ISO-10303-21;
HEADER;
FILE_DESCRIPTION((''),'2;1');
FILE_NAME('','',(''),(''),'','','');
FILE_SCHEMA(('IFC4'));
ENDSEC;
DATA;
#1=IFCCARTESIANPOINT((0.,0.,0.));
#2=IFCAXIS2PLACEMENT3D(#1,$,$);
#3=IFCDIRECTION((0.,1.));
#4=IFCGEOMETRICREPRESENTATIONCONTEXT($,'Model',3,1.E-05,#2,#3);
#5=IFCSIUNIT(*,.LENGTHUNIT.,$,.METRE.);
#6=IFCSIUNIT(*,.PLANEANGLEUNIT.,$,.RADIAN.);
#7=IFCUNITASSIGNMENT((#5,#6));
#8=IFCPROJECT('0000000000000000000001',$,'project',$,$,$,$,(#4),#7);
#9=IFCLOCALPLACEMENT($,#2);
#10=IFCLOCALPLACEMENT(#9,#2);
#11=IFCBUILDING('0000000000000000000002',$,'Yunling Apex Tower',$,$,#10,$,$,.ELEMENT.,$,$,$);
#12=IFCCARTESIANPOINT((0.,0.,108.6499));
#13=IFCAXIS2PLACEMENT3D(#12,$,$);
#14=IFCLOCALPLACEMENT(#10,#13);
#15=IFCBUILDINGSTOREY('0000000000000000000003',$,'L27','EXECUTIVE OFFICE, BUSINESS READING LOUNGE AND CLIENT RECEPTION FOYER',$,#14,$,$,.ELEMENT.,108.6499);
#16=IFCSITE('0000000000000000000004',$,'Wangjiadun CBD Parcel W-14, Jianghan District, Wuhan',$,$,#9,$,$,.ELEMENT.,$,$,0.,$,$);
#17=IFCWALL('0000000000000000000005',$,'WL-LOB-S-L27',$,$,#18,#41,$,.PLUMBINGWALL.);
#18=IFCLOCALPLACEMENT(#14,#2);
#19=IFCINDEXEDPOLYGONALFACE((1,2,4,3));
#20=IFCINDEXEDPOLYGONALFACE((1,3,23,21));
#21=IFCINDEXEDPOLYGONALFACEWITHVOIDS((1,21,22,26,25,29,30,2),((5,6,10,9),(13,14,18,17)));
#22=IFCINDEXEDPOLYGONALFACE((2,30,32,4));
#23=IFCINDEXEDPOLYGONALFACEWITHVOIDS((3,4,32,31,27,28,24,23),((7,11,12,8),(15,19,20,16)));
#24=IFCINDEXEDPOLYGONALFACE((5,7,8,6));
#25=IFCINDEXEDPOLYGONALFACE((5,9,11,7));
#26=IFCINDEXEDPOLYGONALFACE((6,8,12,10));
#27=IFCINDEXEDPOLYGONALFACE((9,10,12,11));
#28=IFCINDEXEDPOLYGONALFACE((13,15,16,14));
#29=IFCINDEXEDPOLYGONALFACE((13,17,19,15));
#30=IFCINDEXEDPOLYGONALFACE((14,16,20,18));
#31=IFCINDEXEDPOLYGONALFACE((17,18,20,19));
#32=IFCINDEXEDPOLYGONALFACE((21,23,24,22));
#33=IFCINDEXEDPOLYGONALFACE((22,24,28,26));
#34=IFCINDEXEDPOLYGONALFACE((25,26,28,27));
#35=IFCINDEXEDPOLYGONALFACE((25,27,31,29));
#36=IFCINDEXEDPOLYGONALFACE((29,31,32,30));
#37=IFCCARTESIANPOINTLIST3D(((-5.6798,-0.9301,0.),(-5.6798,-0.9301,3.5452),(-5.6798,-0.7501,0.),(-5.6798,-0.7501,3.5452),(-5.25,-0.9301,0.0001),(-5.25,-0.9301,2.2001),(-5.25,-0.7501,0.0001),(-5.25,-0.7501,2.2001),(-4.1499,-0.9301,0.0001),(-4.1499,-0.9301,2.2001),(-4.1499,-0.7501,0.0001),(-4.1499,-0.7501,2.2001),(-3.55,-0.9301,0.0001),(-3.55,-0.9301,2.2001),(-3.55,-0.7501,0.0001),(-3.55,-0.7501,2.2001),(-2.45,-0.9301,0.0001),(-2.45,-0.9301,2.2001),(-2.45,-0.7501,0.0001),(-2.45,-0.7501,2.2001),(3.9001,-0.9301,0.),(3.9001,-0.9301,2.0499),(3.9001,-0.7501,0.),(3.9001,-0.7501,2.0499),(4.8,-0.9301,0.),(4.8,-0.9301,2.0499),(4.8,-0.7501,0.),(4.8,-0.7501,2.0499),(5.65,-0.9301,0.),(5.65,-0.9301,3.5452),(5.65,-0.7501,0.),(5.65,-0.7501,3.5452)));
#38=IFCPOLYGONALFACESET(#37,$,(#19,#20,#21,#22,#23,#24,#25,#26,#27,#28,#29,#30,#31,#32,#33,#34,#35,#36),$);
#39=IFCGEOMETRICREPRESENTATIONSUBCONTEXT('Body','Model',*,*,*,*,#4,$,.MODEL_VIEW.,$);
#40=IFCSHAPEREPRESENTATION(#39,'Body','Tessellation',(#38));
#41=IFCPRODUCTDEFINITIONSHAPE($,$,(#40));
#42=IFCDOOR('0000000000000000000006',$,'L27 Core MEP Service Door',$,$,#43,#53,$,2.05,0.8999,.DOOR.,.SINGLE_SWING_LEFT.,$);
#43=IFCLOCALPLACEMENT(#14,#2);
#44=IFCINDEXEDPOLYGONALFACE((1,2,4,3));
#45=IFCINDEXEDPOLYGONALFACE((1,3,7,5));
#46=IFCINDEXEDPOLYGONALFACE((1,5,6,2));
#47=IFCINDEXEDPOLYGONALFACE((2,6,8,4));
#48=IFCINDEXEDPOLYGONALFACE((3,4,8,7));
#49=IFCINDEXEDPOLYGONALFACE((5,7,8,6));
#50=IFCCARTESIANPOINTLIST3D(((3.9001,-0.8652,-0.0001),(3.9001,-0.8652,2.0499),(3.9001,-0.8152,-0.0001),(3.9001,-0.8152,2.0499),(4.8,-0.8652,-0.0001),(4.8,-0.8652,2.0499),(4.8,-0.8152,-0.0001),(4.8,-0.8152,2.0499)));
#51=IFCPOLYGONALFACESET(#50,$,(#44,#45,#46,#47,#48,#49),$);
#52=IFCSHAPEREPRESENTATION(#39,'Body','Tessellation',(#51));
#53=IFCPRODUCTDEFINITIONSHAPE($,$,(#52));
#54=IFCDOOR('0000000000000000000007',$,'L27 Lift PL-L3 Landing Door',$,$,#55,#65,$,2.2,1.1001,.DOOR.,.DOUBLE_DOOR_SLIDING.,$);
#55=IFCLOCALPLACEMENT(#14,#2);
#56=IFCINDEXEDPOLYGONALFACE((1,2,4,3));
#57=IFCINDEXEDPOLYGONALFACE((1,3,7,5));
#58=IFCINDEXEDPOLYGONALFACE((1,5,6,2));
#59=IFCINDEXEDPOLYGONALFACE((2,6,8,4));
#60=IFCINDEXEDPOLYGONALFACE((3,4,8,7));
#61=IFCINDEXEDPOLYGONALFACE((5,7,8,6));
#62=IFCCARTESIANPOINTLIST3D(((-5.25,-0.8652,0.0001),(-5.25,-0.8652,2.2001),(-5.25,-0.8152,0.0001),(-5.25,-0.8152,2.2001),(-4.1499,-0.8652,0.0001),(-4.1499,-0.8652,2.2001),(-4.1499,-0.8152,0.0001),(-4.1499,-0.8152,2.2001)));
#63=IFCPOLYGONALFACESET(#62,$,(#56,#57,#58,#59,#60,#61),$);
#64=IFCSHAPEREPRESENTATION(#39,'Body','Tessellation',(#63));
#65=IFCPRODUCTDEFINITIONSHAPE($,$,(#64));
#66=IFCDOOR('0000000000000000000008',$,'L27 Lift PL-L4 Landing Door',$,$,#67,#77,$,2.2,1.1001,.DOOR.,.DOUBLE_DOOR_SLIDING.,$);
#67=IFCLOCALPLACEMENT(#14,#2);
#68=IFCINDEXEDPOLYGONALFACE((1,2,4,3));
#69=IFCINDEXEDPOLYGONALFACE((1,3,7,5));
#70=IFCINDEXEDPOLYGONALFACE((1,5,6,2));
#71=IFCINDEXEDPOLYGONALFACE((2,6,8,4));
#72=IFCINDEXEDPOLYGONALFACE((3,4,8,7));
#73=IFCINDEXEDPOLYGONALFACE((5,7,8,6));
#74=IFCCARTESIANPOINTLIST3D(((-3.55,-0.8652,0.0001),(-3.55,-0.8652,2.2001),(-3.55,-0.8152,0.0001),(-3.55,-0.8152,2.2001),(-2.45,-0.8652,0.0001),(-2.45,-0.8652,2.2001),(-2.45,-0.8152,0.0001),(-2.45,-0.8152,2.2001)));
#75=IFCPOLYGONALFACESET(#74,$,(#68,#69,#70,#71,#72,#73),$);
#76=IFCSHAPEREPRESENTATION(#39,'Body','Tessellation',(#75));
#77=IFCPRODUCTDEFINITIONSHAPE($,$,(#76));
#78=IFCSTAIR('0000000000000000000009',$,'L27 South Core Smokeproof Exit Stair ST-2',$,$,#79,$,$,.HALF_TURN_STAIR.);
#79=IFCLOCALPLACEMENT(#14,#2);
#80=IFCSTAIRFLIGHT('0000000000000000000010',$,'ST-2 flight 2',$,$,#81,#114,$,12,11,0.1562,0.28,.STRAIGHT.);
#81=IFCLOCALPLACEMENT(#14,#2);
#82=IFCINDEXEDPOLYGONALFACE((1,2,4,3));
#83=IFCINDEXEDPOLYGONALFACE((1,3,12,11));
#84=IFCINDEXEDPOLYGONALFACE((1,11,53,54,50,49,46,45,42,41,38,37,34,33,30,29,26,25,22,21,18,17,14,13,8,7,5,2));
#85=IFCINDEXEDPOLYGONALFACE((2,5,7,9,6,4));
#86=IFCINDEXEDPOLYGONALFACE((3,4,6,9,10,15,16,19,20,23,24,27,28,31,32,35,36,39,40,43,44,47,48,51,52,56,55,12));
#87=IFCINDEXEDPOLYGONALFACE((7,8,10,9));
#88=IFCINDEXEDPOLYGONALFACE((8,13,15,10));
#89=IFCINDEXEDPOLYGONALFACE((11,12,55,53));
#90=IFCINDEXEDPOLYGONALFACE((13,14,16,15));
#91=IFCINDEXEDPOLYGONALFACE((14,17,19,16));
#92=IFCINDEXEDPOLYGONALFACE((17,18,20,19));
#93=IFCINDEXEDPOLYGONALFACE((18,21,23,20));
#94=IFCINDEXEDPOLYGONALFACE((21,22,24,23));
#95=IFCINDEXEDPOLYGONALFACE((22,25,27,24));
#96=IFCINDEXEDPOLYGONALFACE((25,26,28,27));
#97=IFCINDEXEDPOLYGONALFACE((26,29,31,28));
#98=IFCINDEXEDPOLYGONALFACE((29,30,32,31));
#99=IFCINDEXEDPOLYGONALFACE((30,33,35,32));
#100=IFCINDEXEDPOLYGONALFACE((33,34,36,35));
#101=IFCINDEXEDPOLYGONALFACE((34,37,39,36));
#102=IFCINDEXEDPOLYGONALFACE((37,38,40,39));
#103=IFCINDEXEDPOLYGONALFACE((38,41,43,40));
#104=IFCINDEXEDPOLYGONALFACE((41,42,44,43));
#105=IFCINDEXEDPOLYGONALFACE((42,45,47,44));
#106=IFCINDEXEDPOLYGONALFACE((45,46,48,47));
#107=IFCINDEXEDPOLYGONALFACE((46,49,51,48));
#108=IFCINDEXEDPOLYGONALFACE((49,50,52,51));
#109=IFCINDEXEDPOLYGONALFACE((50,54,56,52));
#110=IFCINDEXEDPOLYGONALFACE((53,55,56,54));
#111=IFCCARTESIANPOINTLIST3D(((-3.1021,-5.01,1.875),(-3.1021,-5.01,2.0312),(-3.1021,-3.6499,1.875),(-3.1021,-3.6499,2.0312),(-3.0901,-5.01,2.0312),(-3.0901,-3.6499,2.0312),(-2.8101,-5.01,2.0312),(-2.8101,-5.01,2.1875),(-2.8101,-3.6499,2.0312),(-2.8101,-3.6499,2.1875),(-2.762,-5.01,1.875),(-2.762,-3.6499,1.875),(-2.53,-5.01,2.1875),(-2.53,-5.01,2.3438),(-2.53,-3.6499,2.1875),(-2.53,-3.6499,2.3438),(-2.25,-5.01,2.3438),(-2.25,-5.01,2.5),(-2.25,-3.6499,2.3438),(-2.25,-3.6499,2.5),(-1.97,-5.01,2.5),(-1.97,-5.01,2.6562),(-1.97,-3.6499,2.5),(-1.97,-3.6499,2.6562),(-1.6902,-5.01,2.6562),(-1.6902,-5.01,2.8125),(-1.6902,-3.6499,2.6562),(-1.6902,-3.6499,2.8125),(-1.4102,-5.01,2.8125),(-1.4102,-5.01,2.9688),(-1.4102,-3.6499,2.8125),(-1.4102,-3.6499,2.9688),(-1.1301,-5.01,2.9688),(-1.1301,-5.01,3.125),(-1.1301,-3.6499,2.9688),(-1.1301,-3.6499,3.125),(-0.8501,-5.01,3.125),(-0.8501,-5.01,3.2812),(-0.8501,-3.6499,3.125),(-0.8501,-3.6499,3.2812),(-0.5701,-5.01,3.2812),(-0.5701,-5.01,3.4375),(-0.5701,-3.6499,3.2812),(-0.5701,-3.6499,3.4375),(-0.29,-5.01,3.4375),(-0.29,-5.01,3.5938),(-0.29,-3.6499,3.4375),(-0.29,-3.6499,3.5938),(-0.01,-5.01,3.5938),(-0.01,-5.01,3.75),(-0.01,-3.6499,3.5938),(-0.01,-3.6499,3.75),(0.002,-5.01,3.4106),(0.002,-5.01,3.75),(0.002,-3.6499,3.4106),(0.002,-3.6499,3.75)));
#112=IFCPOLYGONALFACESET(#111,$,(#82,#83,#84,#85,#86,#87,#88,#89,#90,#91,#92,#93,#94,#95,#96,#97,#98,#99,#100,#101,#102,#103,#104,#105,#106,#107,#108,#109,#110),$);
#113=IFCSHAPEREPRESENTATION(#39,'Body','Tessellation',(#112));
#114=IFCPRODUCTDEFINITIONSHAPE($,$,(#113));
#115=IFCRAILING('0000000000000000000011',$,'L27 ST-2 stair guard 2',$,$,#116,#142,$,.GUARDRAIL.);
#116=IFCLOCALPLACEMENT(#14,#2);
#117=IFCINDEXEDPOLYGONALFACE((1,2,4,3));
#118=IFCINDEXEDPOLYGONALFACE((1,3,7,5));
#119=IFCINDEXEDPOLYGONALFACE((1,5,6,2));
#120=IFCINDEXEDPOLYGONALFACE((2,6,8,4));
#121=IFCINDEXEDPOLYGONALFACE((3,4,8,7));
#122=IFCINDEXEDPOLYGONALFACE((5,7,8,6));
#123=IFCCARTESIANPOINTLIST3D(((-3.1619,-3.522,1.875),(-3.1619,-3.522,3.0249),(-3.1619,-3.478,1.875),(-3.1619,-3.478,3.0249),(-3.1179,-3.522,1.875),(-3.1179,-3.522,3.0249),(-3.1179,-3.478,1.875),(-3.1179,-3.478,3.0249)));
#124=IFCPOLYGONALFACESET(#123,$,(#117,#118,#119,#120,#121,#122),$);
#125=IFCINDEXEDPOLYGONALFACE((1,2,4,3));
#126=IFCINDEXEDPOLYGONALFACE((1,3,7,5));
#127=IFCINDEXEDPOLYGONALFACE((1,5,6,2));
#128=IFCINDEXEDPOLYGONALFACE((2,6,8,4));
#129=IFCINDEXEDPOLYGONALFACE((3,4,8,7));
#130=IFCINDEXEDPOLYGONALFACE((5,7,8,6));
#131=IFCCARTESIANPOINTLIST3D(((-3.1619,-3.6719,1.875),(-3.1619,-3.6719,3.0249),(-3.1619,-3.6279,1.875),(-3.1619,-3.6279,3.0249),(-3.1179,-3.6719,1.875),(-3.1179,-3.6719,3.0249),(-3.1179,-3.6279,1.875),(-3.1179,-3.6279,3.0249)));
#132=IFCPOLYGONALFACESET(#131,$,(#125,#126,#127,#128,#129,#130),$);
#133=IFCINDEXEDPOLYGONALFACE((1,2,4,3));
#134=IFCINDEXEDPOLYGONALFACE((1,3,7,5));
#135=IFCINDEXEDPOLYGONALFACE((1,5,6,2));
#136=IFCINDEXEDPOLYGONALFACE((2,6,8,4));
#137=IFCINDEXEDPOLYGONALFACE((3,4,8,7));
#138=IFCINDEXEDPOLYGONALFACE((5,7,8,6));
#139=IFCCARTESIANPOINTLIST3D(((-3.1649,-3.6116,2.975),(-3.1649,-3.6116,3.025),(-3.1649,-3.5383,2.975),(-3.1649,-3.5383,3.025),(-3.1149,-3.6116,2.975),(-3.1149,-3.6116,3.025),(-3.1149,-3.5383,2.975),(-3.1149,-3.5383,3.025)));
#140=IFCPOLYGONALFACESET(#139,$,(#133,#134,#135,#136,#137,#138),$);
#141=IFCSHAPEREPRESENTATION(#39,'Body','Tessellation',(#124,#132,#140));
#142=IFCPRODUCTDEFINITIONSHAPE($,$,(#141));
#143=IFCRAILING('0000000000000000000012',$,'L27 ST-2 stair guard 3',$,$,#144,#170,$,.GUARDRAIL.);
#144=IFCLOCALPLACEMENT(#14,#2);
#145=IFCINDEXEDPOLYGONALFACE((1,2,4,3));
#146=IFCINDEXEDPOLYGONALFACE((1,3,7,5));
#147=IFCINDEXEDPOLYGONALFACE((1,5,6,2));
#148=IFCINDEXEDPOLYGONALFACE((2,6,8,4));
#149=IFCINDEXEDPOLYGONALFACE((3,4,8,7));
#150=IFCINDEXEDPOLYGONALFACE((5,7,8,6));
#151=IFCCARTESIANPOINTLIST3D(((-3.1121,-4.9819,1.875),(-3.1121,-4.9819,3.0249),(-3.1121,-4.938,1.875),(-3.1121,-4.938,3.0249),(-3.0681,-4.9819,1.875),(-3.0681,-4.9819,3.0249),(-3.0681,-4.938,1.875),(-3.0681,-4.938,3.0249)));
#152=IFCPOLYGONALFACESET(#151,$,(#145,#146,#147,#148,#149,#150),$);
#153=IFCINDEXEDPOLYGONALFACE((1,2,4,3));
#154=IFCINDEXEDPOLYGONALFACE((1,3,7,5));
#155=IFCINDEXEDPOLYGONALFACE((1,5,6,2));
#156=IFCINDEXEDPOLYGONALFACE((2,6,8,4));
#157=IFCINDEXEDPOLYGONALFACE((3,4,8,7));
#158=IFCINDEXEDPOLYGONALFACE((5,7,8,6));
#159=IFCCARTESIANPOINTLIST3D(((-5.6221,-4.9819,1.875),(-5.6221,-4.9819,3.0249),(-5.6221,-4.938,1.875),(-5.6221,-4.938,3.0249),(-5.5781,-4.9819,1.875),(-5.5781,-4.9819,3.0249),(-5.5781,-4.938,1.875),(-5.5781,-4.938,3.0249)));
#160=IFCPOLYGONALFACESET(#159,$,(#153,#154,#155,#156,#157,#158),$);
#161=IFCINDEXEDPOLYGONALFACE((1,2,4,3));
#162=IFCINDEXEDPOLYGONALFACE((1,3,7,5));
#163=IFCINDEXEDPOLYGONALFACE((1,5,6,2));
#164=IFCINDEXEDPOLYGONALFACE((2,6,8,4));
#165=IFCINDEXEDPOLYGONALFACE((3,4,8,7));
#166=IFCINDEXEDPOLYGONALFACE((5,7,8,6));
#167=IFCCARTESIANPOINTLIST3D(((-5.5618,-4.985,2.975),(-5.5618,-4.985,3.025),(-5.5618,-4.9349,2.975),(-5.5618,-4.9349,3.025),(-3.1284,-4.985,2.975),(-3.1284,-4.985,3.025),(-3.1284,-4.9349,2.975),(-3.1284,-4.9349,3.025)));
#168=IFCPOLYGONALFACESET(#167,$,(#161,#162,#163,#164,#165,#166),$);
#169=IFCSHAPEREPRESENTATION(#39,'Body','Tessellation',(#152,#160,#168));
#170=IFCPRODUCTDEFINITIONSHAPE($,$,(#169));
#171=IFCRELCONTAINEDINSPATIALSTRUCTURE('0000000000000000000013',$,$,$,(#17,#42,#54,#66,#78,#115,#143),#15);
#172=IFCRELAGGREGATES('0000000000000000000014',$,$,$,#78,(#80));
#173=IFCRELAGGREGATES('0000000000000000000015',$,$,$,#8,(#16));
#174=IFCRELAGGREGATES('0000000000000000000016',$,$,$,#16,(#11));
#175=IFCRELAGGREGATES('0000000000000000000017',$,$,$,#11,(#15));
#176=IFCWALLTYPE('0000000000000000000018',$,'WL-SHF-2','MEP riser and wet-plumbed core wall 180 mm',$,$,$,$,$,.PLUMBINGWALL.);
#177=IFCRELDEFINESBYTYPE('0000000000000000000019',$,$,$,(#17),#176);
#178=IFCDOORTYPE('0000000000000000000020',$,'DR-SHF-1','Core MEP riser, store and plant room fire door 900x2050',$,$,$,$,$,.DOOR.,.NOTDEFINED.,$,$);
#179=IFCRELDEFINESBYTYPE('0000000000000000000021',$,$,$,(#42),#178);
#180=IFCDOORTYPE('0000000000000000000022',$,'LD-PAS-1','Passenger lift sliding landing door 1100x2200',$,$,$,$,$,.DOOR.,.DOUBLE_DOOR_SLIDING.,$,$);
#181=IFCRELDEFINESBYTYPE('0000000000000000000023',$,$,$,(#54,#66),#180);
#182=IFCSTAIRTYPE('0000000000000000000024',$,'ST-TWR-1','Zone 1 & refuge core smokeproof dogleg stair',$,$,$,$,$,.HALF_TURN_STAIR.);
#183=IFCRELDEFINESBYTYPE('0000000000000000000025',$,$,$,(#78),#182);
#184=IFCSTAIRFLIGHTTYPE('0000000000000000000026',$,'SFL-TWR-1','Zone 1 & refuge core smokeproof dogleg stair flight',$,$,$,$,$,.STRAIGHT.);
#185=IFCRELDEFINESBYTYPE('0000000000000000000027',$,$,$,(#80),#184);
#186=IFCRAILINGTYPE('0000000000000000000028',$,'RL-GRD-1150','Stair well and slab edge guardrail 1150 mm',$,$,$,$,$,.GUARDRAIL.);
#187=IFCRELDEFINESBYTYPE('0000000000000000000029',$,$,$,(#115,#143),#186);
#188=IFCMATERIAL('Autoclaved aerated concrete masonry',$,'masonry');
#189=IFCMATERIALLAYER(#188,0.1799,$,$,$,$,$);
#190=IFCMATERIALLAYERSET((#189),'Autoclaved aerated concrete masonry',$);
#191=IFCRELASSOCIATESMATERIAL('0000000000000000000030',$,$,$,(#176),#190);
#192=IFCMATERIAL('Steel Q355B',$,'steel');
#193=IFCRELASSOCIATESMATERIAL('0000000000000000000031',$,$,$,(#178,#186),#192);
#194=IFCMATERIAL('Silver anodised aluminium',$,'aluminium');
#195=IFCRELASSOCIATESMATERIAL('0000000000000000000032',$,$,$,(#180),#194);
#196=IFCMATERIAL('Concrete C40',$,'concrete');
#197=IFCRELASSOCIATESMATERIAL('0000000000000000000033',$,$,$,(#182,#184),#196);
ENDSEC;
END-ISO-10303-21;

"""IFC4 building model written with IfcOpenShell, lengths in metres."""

from ifc_helpers import new_model, si_unit, direction, frame, frame_2d, origin, origin_2d, place, context, subcontext, project, spatial, polyline, rectangle, outline, extrude, material, layer, layer_set, type_object, element, fill, aggregate, save


model = new_model("IFC4")

# Units and contexts
model_context = context("Model", 3, precision=1e-05, world=origin(), true_north=direction((0.0, 1.0)))
body_context = subcontext(model_context, "Body", "Model", "MODEL_VIEW")
ifc_project = project(units=[si_unit("LENGTHUNIT", "METRE"), si_unit("PLANEANGLEUNIT", "RADIAN")], contexts=[model_context])

# Site, building, storey
site_placement = place(None, origin())
site = spatial("IfcSite", under=ifc_project, at=site_placement, Name="Wangjiadun CBD Parcel W-14, Jianghan District, Wuhan", CompositionType="ELEMENT", RefElevation=0.0)
building_placement = place(site_placement, origin())
building = spatial("IfcBuilding", under=site, at=building_placement, Name="Yunling Apex Tower", CompositionType="ELEMENT")
storey_placement = place(building_placement, frame((0.0, 0.0, 108.6499)))
storey = spatial("IfcBuildingStorey", under=building, at=storey_placement, Name="L27", Description="EXECUTIVE OFFICE, BUSINESS READING LOUNGE AND CLIENT RECEPTION FOYER", CompositionType="ELEMENT", Elevation=108.6499)

# Shared definitions
ifc_material_1 = material(Name="Steel Q355B", Category="steel")

# Shared definitions
ifc_material_2 = material(Name="Concrete C40", Category="concrete")

# Shared definitions
ifc_material_3 = material(Name="Autoclaved aerated concrete masonry", Category="masonry")

# Shared definitions
ifc_layer_1 = layer(ifc_material_3, 0.1799)
ifc_layer_set_1 = layer_set([ifc_layer_1], Name="Autoclaved aerated concrete masonry")
wall_type_1 = type_object("IfcWallType", Name="WL-SHF-2", Description="MEP riser and wet-plumbed core wall 180 mm", PredefinedType="PLUMBINGWALL", material=ifc_layer_set_1)

# Wall, openings, doors
wall_1_placement = place(storey_placement, frame((-5.6799, -0.8401, 0.0), z_axis=(0.0, 0.0, 1.0), x_axis=(1.0, 0.0, 0.0)))
wall_1 = element("IfcWall", 1, at=wall_1_placement, inside=storey, type_object=wall_type_1, Name="WL-LOB-S-L27", PredefinedType="PLUMBINGWALL", context=body_context, shape_type="SweptSolid", body=[
    extrude(rectangle(XDim=11.3298, YDim=0.1799, at=frame_2d((5.665, 0.0))), origin(), (0.0, 0.0, 1.0), 3.5452),
])
opening_1_placement = place(wall_1_placement, frame((0.4299, 0.0, 0.0)))
opening_1 = element("IfcOpeningElement", 2, at=opening_1_placement, cuts=wall_1, PredefinedType="OPENING", context=body_context, shape_type="SweptSolid", body=[
    extrude(rectangle(XDim=1.1001, YDim=2.2, at=frame_2d((0.55, 1.1001))), frame((0.0, 0.1001, 0.0), z_axis=(0.0, -1.0, 0.0), x_axis=(1.0, 0.0, 0.0)), (0.0, 0.0, 1.0), 0.2),
])
opening_2_placement = place(wall_1_placement, frame((2.1299, 0.0, 0.0)))
opening_2 = element("IfcOpeningElement", 3, at=opening_2_placement, cuts=wall_1, PredefinedType="OPENING", context=body_context, shape_type="SweptSolid", body=[
    extrude(rectangle(XDim=1.1001, YDim=2.2, at=frame_2d((0.55, 1.1001))), frame((0.0, 0.1001, 0.0), z_axis=(0.0, -1.0, 0.0), x_axis=(1.0, 0.0, 0.0)), (0.0, 0.0, 1.0), 0.2),
])
opening_3_placement = place(wall_1_placement, frame((9.5801, 0.0, 0.0)))
opening_3 = element("IfcOpeningElement", 4, at=opening_3_placement, cuts=wall_1, PredefinedType="OPENING", context=body_context, shape_type="SweptSolid", body=[
    extrude(rectangle(XDim=0.8999, YDim=2.05, at=frame_2d((0.45, 1.0249))), frame((0.0, 0.1001, 0.0), z_axis=(0.0, -1.0, 0.0), x_axis=(1.0, 0.0, 0.0)), (0.0, 0.0, 1.0), 0.2),
])
door_type_1 = type_object("IfcDoorType", Name="DR-SHF-1", Description="Core MEP riser, store and plant room fire door 900x2050", OperationType="NOTDEFINED", PredefinedType="DOOR", material=ifc_material_1)
door_1_placement = place(opening_3_placement, origin())
door_1 = element("IfcDoor", 5, at=door_1_placement, inside=storey, type_object=door_type_1, Name="L27 Core MEP Service Door", OperationType="SINGLE_SWING_LEFT", OverallHeight=2.05, OverallWidth=0.8999, PredefinedType="DOOR", context=body_context, shape_type="SweptSolid", body=[
    extrude(rectangle(XDim=0.8999, YDim=2.05, at=frame_2d((0.45, 1.0249))), frame((0.0, 0.0249, 0.0), z_axis=(0.0, -1.0, 0.0), x_axis=(1.0, 0.0, 0.0)), (0.0, 0.0, 1.0), 0.05),
])
fill(opening_3, door_1)
ifc_material_4 = material(Name="Silver anodised aluminium", Category="aluminium")
door_type_2 = type_object("IfcDoorType", Name="LD-PAS-1", Description="Passenger lift sliding landing door 1100x2200", OperationType="DOUBLE_DOOR_SLIDING", PredefinedType="DOOR", material=ifc_material_4)
door_2_placement = place(opening_1_placement, origin())
door_2 = element("IfcDoor", 6, at=door_2_placement, inside=storey, type_object=door_type_2, Name="L27 Lift PL-L3 Landing Door", OperationType="DOUBLE_DOOR_SLIDING", OverallHeight=2.2, OverallWidth=1.1001, PredefinedType="DOOR", context=body_context, shape_type="SweptSolid", body=[
    extrude(rectangle(XDim=1.1001, YDim=2.2, at=frame_2d((0.55, 1.1001))), frame((0.0, 0.0249, 0.0), z_axis=(0.0, -1.0, 0.0), x_axis=(1.0, 0.0, 0.0)), (0.0, 0.0, 1.0), 0.05),
])
fill(opening_1, door_2)
door_3_placement = place(opening_2_placement, origin())
door_3 = element("IfcDoor", 7, at=door_3_placement, inside=storey, type_object=door_type_2, Name="L27 Lift PL-L4 Landing Door", OperationType="DOUBLE_DOOR_SLIDING", OverallHeight=2.2, OverallWidth=1.1001, PredefinedType="DOOR", context=body_context, shape_type="SweptSolid", body=[
    extrude(rectangle(XDim=1.1001, YDim=2.2, at=frame_2d((0.55, 1.1001))), frame((0.0, 0.0249, 0.0), z_axis=(0.0, -1.0, 0.0), x_axis=(1.0, 0.0, 0.0)), (0.0, 0.0, 1.0), 0.05),
])
fill(opening_2, door_3)

# Stair, stair flight
stair_type = type_object("IfcStairType", Name="ST-TWR-1", Description="Zone 1 & refuge core smokeproof dogleg stair", PredefinedType="HALF_TURN_STAIR", material=ifc_material_2)
stair_placement = place(storey_placement, origin())
stair = element("IfcStair", 8, at=stair_placement, inside=storey, type_object=stair_type, Name="L27 South Core Smokeproof Exit Stair ST-2", PredefinedType="HALF_TURN_STAIR")
stair_flight_type = type_object("IfcStairFlightType", Name="SFL-TWR-1", Description="Zone 1 & refuge core smokeproof dogleg stair flight", PredefinedType="STRAIGHT", material=ifc_material_2)
stair_flight_placement = place(storey_placement, frame((-3.0901, -4.3301, 1.875), z_axis=(0.0, 0.0, 1.0), x_axis=(1.0, 0.0, 0.0)))
stair_flight = element("IfcStairFlight", 9, at=stair_flight_placement, type_object=stair_flight_type, Name="ST-2 flight 2", NumberOfRisers=12, NumberOfTreads=11, PredefinedType="STRAIGHT", RiserHeight=0.1562, TreadLength=0.28, context=body_context, shape_type="SweptSolid", body=[
    extrude(outline(polyline([(-0.012, 0.0), (-0.012, 0.1562), (0.0, 0.1562), (0.28, 0.1562), (0.28, 0.3125), (0.5601, 0.3125), (0.5601, 0.4688), (0.8401, 0.4688), (0.8401, 0.625), (1.1201, 0.625), (1.1201, 0.7812), (1.3999, 0.7812), (1.3999, 0.9375), (1.6799, 0.9375), (1.6799, 1.0938), (1.96, 1.0938), (1.96, 1.25), (2.24, 1.25), (2.24, 1.4062), (2.52, 1.4062), (2.52, 1.5625), (2.8, 1.5625), (2.8, 1.7188), (3.0801, 1.7188), (3.0801, 1.875), (3.092, 1.875), (3.092, 1.5356), (0.3281, 0.0), (-0.012, 0.0)])), frame((0.0, 0.6802, 0.0), z_axis=(0.0, -1.0, 0.0), x_axis=(1.0, 0.0, 0.0)), (0.0, 0.0, 1.0), 1.3601),
])
aggregate(stair, [stair_flight])

# Railings
railing_type = type_object("IfcRailingType", Name="RL-GRD-1150", Description="Stair well and slab edge guardrail 1150 mm", PredefinedType="GUARDRAIL", material=ifc_material_1)
railing_1_placement = place(storey_placement, frame((-3.1399, -3.5, 1.875)))
element("IfcRailing", 10, at=railing_1_placement, inside=storey, type_object=railing_type, Name="L27 ST-2 stair guard 2", PredefinedType="GUARDRAIL", context=body_context, shape_type="SweptSolid", body=[
    extrude(rectangle(XDim=0.0439, YDim=0.0439, at=origin_2d()), origin(), (0.0, 0.0, 1.0), 1.1499),
    extrude(rectangle(XDim=0.0439, YDim=0.0439, at=origin_2d()), frame((0.0, -0.1499, 0.0)), (0.0, 0.0, 1.0), 1.1499),
    extrude(rectangle(XDim=0.05, YDim=0.05, at=origin_2d()), frame((0.0, -0.0383, 1.125), z_axis=(0.0, -1.0, 0.0), x_axis=(1.0, 0.0, 0.0)), (0.0, 0.0, 1.0), 0.0732),
])
railing_2_placement = place(storey_placement, frame((-3.0901, -4.96, 1.875)))
element("IfcRailing", 11, at=railing_2_placement, inside=storey, type_object=railing_type, Name="L27 ST-2 stair guard 3", PredefinedType="GUARDRAIL", context=body_context, shape_type="SweptSolid", body=[
    extrude(rectangle(XDim=0.0439, YDim=0.0439, at=origin_2d()), origin(), (0.0, 0.0, 1.0), 1.1499),
    extrude(rectangle(XDim=0.0439, YDim=0.0439, at=origin_2d()), frame((-2.51, 0.0, 0.0)), (0.0, 0.0, 1.0), 1.1499),
    extrude(rectangle(XDim=0.05, YDim=0.05, at=origin_2d()), frame((-0.0383, 0.0, 1.125), z_axis=(-1.0, 0.0, 0.0), x_axis=(0.0, -1.0, 0.0)), (0.0, 0.0, 1.0), 2.4333),
])

save(model, "model.ifc")
